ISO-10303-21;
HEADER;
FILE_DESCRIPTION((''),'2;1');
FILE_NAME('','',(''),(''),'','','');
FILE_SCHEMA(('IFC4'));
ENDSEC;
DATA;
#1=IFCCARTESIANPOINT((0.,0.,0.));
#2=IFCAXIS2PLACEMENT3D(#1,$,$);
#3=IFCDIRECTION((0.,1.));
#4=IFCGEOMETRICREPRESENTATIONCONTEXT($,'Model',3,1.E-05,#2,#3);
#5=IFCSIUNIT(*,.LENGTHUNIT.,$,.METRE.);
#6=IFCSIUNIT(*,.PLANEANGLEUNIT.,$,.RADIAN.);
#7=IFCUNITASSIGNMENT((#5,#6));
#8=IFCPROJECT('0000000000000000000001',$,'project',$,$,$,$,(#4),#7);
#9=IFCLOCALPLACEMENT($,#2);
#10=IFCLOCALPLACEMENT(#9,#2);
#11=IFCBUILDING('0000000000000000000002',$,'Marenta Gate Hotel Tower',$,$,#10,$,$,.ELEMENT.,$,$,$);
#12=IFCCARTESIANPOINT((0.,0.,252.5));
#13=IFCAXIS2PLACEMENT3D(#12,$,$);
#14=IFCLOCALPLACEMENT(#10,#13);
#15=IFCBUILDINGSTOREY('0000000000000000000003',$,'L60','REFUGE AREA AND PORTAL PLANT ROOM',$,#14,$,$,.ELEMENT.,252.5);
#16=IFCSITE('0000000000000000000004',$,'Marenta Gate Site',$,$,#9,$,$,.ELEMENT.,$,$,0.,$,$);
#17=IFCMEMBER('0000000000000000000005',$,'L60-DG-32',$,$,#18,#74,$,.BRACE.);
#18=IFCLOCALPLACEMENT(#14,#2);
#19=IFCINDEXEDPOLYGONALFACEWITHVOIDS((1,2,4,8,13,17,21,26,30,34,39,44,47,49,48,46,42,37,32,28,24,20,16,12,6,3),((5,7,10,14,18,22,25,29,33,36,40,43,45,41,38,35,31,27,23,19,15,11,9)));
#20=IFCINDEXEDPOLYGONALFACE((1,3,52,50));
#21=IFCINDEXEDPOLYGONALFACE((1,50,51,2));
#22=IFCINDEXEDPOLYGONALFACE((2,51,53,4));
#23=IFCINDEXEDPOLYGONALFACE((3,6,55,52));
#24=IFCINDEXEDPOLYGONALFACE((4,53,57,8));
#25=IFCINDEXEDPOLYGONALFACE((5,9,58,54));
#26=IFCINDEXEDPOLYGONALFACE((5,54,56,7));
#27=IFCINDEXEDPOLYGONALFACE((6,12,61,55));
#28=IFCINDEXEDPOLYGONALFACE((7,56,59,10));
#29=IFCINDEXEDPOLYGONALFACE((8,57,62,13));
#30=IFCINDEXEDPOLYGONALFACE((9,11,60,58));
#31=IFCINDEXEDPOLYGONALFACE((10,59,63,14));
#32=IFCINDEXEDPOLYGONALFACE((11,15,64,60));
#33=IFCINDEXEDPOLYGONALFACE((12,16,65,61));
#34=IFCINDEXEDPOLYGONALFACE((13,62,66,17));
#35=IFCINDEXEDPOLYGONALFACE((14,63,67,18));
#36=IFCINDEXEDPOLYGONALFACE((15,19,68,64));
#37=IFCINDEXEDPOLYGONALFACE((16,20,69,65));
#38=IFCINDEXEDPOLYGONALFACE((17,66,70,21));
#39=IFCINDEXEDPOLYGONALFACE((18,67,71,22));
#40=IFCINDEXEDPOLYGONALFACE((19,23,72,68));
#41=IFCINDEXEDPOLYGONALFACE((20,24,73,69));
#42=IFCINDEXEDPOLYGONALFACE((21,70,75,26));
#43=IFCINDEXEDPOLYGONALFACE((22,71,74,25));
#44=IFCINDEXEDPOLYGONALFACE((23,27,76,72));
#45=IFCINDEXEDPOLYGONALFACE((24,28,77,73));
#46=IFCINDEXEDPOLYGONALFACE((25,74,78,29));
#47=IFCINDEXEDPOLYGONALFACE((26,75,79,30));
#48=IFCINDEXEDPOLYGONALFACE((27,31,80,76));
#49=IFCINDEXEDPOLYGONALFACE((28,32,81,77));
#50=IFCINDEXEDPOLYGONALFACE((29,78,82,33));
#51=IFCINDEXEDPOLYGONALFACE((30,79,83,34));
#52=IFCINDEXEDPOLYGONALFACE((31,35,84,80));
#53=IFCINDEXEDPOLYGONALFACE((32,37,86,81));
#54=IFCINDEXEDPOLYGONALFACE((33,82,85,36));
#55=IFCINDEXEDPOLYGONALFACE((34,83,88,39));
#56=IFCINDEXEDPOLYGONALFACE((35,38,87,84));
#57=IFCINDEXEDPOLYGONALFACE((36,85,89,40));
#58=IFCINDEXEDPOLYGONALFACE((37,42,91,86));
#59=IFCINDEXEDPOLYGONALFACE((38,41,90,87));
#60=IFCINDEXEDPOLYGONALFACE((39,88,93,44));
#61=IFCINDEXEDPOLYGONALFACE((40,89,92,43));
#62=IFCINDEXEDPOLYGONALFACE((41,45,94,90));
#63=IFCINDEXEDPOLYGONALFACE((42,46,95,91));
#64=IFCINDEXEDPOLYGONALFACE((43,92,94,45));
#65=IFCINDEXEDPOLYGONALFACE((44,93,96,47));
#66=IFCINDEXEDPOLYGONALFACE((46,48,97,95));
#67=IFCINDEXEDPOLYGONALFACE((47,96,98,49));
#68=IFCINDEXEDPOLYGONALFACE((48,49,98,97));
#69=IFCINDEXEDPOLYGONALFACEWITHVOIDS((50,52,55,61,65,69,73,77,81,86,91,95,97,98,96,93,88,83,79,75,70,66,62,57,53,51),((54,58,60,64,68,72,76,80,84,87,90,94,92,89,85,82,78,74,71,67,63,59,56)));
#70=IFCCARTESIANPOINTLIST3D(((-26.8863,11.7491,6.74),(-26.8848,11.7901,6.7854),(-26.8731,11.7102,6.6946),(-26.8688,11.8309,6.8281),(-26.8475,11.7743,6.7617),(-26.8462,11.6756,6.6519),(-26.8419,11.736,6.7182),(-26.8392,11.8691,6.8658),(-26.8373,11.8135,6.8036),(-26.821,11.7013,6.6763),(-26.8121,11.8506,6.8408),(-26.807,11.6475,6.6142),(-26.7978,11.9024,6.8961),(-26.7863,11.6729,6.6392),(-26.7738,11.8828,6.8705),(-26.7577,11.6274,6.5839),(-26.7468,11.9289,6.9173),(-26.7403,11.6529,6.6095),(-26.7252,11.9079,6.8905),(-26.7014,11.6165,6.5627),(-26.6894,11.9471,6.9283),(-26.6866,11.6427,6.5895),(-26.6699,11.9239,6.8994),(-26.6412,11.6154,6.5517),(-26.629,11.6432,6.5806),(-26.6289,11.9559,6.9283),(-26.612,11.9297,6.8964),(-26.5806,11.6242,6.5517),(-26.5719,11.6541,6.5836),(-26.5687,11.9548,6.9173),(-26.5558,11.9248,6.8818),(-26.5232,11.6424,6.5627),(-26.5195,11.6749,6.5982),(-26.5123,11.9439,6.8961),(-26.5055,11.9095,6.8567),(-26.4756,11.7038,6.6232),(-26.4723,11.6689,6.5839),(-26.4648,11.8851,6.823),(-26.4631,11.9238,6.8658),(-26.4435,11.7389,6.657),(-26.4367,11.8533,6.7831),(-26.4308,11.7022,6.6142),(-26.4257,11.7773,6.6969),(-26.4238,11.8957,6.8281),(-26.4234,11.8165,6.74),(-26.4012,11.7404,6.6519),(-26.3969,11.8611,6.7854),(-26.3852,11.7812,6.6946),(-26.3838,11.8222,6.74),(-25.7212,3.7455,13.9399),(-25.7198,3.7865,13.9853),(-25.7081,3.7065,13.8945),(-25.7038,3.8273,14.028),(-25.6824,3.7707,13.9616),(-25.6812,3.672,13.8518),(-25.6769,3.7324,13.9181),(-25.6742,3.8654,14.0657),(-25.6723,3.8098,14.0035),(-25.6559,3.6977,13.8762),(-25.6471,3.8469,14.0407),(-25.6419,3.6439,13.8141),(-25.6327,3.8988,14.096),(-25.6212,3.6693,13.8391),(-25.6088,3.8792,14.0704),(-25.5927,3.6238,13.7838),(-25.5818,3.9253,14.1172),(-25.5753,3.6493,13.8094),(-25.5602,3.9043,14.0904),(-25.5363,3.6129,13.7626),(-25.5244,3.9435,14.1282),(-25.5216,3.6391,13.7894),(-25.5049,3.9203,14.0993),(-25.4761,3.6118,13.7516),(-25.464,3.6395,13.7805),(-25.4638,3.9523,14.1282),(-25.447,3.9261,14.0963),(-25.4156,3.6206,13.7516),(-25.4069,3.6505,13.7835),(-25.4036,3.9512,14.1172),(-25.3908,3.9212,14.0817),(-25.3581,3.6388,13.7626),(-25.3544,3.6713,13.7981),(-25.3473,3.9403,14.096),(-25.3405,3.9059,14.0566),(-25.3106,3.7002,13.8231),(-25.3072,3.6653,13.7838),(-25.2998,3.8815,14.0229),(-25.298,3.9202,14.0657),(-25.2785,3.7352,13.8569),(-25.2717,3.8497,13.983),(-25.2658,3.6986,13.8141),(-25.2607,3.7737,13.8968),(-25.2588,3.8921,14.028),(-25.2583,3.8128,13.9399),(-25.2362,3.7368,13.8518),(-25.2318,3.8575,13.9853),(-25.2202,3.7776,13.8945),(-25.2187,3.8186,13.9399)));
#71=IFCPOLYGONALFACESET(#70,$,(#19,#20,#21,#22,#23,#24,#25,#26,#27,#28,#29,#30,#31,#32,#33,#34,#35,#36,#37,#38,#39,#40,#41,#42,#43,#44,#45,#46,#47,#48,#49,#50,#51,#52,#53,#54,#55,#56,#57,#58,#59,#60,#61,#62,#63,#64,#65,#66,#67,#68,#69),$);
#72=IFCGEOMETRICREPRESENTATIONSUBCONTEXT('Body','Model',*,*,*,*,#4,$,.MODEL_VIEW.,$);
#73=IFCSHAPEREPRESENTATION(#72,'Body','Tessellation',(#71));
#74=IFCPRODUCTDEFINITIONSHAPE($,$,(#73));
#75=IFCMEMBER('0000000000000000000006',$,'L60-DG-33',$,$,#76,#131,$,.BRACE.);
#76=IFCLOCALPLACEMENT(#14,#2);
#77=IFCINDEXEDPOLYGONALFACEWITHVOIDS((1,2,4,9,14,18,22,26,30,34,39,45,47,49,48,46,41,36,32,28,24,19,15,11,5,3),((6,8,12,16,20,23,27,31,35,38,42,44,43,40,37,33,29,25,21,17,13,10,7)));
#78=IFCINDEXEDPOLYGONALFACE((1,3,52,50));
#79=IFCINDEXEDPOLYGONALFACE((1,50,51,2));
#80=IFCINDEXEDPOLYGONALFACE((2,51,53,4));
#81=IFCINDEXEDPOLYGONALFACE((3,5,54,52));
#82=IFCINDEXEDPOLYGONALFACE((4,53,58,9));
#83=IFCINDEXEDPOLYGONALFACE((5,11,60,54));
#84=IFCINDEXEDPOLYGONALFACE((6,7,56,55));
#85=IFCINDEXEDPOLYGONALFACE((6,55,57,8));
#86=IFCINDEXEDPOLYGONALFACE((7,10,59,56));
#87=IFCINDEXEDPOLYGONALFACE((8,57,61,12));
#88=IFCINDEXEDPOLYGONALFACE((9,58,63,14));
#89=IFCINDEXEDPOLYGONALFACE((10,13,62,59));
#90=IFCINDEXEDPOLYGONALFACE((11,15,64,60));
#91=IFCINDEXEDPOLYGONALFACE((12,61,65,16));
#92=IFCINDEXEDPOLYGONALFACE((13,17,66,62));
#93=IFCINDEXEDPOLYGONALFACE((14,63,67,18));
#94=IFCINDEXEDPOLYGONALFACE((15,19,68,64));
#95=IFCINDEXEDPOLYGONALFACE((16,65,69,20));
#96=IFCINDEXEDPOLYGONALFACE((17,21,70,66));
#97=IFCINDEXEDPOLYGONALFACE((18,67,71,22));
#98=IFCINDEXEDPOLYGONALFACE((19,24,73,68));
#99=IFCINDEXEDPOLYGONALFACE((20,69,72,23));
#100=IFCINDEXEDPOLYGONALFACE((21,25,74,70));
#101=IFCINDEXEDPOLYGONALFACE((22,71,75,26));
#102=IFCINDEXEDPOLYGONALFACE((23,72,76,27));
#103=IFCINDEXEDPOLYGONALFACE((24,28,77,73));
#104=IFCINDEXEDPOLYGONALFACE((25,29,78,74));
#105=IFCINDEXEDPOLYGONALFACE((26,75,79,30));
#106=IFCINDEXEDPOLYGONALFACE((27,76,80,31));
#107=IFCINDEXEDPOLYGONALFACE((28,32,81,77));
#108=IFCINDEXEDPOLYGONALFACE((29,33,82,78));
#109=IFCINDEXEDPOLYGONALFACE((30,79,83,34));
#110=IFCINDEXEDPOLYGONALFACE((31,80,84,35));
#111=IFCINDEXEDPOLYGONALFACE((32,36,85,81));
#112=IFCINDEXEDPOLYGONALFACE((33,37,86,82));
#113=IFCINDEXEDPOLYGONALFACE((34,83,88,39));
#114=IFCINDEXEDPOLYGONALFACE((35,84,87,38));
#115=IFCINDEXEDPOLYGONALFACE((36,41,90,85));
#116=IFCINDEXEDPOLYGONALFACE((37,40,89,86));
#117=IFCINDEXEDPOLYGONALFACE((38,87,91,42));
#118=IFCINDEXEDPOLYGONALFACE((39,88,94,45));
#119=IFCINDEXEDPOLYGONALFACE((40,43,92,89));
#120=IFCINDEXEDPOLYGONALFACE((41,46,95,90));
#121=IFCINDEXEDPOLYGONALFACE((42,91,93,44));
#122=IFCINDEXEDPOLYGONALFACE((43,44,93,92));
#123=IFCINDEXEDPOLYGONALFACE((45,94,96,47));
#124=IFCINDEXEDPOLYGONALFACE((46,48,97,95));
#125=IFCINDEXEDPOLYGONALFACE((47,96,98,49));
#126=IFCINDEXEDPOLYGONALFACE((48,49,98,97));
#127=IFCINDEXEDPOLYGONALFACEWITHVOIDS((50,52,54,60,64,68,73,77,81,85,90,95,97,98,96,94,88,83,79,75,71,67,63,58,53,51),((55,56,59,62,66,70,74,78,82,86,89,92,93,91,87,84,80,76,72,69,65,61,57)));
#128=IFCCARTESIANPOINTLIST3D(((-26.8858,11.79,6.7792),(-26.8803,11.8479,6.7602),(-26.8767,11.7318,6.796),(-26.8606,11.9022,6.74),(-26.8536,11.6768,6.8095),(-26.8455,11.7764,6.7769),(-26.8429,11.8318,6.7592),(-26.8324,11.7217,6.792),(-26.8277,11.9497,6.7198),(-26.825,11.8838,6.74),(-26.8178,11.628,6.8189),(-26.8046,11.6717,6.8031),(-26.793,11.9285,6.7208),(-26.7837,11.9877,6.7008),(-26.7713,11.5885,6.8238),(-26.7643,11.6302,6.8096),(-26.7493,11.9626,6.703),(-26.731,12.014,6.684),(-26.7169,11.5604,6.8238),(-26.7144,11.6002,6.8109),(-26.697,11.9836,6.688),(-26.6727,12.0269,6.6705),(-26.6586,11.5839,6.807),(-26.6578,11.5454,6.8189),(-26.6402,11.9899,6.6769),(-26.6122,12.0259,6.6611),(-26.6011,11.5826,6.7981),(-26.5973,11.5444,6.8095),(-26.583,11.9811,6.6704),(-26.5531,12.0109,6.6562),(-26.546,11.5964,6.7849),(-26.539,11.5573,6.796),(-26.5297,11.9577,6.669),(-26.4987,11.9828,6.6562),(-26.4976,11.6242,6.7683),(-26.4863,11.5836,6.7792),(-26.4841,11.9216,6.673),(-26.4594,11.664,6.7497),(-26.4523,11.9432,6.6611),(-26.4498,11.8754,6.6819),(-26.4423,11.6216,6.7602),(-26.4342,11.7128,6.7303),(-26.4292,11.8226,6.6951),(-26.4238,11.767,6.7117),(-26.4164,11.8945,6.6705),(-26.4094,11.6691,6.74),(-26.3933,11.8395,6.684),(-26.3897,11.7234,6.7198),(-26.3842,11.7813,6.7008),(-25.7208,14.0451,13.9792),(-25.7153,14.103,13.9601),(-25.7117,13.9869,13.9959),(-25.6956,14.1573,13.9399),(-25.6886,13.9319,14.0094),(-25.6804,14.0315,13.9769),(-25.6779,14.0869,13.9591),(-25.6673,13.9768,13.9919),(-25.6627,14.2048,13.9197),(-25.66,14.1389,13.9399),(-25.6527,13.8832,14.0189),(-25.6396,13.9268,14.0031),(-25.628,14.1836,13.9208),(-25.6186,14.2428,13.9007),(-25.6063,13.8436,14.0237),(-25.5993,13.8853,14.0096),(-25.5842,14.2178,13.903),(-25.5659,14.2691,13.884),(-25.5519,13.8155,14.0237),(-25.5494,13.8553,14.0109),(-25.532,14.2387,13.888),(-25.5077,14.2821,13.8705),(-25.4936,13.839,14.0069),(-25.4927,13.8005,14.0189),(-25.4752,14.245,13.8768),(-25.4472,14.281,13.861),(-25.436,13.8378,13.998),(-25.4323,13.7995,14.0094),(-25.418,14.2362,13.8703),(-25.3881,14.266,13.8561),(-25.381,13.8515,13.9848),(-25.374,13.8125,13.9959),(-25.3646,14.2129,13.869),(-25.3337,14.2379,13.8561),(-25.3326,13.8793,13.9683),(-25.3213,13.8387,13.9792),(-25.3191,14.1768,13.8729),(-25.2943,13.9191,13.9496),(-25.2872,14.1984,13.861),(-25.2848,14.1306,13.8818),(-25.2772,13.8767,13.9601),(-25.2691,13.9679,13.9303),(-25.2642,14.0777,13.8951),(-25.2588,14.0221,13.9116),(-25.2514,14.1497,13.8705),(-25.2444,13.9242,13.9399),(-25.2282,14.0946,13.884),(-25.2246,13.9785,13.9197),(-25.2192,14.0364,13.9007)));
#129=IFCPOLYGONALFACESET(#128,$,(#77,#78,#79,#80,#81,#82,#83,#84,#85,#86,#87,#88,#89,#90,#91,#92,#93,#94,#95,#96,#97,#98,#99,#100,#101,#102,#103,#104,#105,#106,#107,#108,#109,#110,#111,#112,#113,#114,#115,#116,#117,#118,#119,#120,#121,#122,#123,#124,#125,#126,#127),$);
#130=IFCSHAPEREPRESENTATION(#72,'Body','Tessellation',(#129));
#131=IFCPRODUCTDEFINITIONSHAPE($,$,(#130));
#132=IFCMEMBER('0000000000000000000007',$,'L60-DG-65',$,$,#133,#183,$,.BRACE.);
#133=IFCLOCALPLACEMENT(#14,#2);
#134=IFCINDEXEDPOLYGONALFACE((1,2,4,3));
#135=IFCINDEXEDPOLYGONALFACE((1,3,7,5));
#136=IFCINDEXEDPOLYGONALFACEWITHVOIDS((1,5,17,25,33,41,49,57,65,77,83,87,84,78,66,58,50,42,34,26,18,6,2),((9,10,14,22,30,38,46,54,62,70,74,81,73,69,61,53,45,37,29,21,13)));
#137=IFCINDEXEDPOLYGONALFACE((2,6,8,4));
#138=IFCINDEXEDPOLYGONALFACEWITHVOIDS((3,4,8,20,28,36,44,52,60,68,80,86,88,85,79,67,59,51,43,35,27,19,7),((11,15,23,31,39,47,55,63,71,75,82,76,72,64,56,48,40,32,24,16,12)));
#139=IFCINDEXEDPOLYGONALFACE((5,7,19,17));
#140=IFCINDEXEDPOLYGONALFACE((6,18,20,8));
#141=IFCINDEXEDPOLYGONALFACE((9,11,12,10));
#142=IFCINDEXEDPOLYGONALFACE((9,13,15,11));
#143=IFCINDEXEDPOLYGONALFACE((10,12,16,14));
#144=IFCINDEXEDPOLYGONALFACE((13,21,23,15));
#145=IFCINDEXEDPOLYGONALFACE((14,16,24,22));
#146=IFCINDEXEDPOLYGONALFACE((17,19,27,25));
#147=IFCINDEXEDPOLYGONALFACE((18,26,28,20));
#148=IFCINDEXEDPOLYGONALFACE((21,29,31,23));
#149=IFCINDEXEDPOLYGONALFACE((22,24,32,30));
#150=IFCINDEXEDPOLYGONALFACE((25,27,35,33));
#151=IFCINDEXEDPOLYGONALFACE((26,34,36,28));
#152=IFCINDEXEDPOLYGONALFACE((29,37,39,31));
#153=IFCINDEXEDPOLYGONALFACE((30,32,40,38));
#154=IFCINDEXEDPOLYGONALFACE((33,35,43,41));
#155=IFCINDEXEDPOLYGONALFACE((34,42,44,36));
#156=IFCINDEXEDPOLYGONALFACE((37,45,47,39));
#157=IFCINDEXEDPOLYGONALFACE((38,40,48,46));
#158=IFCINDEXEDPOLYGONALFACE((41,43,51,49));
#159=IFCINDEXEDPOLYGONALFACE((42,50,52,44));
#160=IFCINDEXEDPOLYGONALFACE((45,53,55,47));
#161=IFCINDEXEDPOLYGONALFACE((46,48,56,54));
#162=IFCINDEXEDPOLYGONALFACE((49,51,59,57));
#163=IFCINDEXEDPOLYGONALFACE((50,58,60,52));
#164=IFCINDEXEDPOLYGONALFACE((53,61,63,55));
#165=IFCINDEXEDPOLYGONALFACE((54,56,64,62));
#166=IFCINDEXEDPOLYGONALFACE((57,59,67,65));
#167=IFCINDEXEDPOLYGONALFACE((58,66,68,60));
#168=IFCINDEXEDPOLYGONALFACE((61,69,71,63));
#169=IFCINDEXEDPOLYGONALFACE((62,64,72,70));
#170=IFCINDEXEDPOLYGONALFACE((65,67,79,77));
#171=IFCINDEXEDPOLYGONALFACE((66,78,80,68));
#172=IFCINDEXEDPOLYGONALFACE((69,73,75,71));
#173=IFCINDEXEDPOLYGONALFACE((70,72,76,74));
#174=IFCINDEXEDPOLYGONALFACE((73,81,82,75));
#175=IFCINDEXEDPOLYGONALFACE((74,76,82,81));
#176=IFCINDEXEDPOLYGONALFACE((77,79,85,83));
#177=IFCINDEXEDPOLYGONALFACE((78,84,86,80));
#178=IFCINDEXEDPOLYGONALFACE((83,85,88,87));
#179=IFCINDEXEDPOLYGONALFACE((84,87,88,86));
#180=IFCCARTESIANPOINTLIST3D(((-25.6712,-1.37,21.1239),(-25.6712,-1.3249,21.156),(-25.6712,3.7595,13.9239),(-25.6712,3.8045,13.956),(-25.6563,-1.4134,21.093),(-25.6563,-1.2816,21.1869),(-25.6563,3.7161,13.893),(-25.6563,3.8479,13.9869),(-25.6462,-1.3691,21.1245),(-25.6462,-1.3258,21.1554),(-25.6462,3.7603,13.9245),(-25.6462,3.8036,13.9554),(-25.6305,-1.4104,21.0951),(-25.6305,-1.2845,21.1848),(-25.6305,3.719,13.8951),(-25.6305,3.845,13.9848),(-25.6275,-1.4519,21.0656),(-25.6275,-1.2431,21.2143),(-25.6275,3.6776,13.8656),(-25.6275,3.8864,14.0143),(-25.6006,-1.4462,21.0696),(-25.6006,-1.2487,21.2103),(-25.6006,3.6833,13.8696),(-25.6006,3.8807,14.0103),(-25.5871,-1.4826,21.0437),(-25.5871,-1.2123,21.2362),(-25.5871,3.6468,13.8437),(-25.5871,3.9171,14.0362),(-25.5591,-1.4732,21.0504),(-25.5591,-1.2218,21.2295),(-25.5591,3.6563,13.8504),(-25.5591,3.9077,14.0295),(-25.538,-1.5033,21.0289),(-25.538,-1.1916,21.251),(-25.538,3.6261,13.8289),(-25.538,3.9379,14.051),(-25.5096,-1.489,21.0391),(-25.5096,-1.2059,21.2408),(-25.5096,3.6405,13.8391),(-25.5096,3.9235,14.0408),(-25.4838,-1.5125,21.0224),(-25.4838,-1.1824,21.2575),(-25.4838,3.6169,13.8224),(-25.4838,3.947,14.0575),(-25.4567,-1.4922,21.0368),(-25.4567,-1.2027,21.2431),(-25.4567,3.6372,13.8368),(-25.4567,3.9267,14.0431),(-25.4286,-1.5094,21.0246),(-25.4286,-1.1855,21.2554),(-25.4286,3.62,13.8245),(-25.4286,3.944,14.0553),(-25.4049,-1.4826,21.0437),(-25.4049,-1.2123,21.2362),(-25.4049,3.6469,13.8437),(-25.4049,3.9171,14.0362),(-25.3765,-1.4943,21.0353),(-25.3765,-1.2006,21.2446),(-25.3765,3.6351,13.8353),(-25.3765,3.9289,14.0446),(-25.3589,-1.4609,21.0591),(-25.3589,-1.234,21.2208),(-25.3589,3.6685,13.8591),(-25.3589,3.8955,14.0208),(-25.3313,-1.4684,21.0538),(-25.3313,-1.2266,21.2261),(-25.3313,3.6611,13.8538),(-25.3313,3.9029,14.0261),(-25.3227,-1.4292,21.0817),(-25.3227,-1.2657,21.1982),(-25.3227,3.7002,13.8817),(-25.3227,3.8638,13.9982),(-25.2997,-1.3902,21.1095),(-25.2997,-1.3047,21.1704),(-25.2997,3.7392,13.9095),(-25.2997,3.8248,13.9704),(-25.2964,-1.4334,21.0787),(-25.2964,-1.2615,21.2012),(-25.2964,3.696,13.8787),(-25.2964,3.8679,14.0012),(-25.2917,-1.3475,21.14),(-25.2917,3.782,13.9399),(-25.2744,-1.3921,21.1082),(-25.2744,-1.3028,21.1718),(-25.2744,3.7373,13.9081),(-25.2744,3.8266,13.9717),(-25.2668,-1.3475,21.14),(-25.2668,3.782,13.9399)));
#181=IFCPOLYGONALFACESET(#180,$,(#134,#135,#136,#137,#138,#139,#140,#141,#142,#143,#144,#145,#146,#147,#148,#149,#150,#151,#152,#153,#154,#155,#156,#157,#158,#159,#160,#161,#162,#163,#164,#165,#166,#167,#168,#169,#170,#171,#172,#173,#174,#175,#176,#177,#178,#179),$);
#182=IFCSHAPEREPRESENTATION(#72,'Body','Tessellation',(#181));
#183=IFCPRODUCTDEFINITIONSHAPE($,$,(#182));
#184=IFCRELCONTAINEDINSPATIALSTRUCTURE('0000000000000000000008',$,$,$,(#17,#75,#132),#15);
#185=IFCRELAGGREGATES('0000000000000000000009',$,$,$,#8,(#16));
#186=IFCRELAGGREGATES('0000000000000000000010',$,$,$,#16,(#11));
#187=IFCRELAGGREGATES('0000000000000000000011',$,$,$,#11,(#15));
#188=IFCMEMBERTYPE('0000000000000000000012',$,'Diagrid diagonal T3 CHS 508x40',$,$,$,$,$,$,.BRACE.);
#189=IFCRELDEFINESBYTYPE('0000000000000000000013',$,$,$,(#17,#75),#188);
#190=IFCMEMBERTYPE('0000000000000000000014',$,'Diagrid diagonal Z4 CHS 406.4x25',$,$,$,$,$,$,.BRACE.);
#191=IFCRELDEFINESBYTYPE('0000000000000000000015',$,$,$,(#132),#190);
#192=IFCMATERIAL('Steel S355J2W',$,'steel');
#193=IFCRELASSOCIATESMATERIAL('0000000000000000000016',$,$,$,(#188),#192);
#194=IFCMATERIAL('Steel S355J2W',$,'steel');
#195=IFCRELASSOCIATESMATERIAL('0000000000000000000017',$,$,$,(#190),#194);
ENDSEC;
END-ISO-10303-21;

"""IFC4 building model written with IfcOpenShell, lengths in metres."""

from ifc_helpers import new_model, si_unit, direction, frame, origin, origin_2d, place, context, subcontext, project, spatial, hollow_circle, extrude, material, material_profile, profile_set, type_object, element, save


model = new_model("IFC4")

# Units and contexts
model_context = context("Model", 3, precision=1e-05, world=origin(), true_north=direction((0.0, 1.0)))
body_context = subcontext(model_context, "Body", "Model", "MODEL_VIEW")
ifc_project = project(units=[si_unit("LENGTHUNIT", "METRE"), si_unit("PLANEANGLEUNIT", "RADIAN")], contexts=[model_context])

# Site, building, storey
site_placement = place(None, origin())
site = spatial("IfcSite", under=ifc_project, at=site_placement, Name="Marenta Gate Site", CompositionType="ELEMENT", RefElevation=0.0)
building_placement = place(site_placement, origin())
building = spatial("IfcBuilding", under=site, at=building_placement, Name="Marenta Gate Hotel Tower", CompositionType="ELEMENT")
storey_placement = place(building_placement, frame((0.0, 0.0, 252.5)))
storey = spatial("IfcBuildingStorey", under=building, at=storey_placement, Name="L60", Description="REFUGE AREA AND PORTAL PLANT ROOM", CompositionType="ELEMENT", Elevation=252.5)

# Members
ifc_material_1 = material(Name="Steel S355J2W", Category="steel")
ifc_material_profile_1 = material_profile(ifc_material_1, hollow_circle(Radius=0.2539, WallThickness=0.04, at=origin_2d()), Name="CHS 508x40")
ifc_profile_set_1 = profile_set([ifc_material_profile_1], Name="Steel S355J2W")
member_type_1 = type_object("IfcMemberType", Name="Diagrid diagonal T3 CHS 508x40", PredefinedType="BRACE", material=ifc_profile_set_1)
member_1_placement = place(storey_placement, frame((-26.635, 11.7856, 6.74), z_axis=(0.107591, -0.739133, 0.664911), x_axis=(0.989571, 0.144045, 0.0)))
element("IfcMember", 1, at=member_1_placement, inside=storey, type_object=member_type_1, Name="L60-DG-32", PredefinedType="BRACE", context=body_context, shape_type="SweptSolid", body=[
    extrude(hollow_circle(Radius=0.2539, WallThickness=0.04, at=origin_2d()), origin(), (0.0, 0.0, 1.0), 10.8284),
])
member_2_placement = place(storey_placement, frame((-26.635, 11.7856, 6.74), z_axis=(0.152606, 0.295395, 0.943108), x_axis=(-0.888444, 0.458986, 0.0)))
element("IfcMember", 2, at=member_2_placement, inside=storey, type_object=member_type_1, Name="L60-DG-33", PredefinedType="BRACE", context=body_context, shape_type="SweptSolid", body=[
    extrude(hollow_circle(Radius=0.2539, WallThickness=0.04, at=origin_2d()), origin(), (0.0, 0.0, 1.0), 7.6343),
])
ifc_material_2 = material(Name="Steel S355J2W", Category="steel")
ifc_material_profile_2 = material_profile(ifc_material_2, hollow_circle(Radius=0.2031, WallThickness=0.0249, at=origin_2d()), Name="CHS 406.4x25")
ifc_profile_set_2 = profile_set([ifc_material_profile_2], Name="Steel S355J2W")
member_type_2 = type_object("IfcMemberType", Name="Diagrid diagonal Z4 CHS 406.4x25", PredefinedType="BRACE", material=ifc_profile_set_2)
for number, where, z_axis, x_axis, name in (
    (3, (-25.47, 3.782, 13.9399), (0.0, -0.580232, 0.814451), (1.0, 0.0, 0.0), "L60-DG-65"),
):
    element("IfcMember", number, at=place(storey_placement, frame(where, z_axis=z_axis, x_axis=x_axis)), inside=storey, type_object=member_type_2, Name=name, PredefinedType="BRACE", context=body_context, shape_type="SweptSolid", body=[
        extrude(hollow_circle(Radius=0.2031, WallThickness=0.0249, at=origin_2d()), origin(), (0.0, 0.0, 1.0), 8.8403),
    ])

save(model, "model.ifc")
